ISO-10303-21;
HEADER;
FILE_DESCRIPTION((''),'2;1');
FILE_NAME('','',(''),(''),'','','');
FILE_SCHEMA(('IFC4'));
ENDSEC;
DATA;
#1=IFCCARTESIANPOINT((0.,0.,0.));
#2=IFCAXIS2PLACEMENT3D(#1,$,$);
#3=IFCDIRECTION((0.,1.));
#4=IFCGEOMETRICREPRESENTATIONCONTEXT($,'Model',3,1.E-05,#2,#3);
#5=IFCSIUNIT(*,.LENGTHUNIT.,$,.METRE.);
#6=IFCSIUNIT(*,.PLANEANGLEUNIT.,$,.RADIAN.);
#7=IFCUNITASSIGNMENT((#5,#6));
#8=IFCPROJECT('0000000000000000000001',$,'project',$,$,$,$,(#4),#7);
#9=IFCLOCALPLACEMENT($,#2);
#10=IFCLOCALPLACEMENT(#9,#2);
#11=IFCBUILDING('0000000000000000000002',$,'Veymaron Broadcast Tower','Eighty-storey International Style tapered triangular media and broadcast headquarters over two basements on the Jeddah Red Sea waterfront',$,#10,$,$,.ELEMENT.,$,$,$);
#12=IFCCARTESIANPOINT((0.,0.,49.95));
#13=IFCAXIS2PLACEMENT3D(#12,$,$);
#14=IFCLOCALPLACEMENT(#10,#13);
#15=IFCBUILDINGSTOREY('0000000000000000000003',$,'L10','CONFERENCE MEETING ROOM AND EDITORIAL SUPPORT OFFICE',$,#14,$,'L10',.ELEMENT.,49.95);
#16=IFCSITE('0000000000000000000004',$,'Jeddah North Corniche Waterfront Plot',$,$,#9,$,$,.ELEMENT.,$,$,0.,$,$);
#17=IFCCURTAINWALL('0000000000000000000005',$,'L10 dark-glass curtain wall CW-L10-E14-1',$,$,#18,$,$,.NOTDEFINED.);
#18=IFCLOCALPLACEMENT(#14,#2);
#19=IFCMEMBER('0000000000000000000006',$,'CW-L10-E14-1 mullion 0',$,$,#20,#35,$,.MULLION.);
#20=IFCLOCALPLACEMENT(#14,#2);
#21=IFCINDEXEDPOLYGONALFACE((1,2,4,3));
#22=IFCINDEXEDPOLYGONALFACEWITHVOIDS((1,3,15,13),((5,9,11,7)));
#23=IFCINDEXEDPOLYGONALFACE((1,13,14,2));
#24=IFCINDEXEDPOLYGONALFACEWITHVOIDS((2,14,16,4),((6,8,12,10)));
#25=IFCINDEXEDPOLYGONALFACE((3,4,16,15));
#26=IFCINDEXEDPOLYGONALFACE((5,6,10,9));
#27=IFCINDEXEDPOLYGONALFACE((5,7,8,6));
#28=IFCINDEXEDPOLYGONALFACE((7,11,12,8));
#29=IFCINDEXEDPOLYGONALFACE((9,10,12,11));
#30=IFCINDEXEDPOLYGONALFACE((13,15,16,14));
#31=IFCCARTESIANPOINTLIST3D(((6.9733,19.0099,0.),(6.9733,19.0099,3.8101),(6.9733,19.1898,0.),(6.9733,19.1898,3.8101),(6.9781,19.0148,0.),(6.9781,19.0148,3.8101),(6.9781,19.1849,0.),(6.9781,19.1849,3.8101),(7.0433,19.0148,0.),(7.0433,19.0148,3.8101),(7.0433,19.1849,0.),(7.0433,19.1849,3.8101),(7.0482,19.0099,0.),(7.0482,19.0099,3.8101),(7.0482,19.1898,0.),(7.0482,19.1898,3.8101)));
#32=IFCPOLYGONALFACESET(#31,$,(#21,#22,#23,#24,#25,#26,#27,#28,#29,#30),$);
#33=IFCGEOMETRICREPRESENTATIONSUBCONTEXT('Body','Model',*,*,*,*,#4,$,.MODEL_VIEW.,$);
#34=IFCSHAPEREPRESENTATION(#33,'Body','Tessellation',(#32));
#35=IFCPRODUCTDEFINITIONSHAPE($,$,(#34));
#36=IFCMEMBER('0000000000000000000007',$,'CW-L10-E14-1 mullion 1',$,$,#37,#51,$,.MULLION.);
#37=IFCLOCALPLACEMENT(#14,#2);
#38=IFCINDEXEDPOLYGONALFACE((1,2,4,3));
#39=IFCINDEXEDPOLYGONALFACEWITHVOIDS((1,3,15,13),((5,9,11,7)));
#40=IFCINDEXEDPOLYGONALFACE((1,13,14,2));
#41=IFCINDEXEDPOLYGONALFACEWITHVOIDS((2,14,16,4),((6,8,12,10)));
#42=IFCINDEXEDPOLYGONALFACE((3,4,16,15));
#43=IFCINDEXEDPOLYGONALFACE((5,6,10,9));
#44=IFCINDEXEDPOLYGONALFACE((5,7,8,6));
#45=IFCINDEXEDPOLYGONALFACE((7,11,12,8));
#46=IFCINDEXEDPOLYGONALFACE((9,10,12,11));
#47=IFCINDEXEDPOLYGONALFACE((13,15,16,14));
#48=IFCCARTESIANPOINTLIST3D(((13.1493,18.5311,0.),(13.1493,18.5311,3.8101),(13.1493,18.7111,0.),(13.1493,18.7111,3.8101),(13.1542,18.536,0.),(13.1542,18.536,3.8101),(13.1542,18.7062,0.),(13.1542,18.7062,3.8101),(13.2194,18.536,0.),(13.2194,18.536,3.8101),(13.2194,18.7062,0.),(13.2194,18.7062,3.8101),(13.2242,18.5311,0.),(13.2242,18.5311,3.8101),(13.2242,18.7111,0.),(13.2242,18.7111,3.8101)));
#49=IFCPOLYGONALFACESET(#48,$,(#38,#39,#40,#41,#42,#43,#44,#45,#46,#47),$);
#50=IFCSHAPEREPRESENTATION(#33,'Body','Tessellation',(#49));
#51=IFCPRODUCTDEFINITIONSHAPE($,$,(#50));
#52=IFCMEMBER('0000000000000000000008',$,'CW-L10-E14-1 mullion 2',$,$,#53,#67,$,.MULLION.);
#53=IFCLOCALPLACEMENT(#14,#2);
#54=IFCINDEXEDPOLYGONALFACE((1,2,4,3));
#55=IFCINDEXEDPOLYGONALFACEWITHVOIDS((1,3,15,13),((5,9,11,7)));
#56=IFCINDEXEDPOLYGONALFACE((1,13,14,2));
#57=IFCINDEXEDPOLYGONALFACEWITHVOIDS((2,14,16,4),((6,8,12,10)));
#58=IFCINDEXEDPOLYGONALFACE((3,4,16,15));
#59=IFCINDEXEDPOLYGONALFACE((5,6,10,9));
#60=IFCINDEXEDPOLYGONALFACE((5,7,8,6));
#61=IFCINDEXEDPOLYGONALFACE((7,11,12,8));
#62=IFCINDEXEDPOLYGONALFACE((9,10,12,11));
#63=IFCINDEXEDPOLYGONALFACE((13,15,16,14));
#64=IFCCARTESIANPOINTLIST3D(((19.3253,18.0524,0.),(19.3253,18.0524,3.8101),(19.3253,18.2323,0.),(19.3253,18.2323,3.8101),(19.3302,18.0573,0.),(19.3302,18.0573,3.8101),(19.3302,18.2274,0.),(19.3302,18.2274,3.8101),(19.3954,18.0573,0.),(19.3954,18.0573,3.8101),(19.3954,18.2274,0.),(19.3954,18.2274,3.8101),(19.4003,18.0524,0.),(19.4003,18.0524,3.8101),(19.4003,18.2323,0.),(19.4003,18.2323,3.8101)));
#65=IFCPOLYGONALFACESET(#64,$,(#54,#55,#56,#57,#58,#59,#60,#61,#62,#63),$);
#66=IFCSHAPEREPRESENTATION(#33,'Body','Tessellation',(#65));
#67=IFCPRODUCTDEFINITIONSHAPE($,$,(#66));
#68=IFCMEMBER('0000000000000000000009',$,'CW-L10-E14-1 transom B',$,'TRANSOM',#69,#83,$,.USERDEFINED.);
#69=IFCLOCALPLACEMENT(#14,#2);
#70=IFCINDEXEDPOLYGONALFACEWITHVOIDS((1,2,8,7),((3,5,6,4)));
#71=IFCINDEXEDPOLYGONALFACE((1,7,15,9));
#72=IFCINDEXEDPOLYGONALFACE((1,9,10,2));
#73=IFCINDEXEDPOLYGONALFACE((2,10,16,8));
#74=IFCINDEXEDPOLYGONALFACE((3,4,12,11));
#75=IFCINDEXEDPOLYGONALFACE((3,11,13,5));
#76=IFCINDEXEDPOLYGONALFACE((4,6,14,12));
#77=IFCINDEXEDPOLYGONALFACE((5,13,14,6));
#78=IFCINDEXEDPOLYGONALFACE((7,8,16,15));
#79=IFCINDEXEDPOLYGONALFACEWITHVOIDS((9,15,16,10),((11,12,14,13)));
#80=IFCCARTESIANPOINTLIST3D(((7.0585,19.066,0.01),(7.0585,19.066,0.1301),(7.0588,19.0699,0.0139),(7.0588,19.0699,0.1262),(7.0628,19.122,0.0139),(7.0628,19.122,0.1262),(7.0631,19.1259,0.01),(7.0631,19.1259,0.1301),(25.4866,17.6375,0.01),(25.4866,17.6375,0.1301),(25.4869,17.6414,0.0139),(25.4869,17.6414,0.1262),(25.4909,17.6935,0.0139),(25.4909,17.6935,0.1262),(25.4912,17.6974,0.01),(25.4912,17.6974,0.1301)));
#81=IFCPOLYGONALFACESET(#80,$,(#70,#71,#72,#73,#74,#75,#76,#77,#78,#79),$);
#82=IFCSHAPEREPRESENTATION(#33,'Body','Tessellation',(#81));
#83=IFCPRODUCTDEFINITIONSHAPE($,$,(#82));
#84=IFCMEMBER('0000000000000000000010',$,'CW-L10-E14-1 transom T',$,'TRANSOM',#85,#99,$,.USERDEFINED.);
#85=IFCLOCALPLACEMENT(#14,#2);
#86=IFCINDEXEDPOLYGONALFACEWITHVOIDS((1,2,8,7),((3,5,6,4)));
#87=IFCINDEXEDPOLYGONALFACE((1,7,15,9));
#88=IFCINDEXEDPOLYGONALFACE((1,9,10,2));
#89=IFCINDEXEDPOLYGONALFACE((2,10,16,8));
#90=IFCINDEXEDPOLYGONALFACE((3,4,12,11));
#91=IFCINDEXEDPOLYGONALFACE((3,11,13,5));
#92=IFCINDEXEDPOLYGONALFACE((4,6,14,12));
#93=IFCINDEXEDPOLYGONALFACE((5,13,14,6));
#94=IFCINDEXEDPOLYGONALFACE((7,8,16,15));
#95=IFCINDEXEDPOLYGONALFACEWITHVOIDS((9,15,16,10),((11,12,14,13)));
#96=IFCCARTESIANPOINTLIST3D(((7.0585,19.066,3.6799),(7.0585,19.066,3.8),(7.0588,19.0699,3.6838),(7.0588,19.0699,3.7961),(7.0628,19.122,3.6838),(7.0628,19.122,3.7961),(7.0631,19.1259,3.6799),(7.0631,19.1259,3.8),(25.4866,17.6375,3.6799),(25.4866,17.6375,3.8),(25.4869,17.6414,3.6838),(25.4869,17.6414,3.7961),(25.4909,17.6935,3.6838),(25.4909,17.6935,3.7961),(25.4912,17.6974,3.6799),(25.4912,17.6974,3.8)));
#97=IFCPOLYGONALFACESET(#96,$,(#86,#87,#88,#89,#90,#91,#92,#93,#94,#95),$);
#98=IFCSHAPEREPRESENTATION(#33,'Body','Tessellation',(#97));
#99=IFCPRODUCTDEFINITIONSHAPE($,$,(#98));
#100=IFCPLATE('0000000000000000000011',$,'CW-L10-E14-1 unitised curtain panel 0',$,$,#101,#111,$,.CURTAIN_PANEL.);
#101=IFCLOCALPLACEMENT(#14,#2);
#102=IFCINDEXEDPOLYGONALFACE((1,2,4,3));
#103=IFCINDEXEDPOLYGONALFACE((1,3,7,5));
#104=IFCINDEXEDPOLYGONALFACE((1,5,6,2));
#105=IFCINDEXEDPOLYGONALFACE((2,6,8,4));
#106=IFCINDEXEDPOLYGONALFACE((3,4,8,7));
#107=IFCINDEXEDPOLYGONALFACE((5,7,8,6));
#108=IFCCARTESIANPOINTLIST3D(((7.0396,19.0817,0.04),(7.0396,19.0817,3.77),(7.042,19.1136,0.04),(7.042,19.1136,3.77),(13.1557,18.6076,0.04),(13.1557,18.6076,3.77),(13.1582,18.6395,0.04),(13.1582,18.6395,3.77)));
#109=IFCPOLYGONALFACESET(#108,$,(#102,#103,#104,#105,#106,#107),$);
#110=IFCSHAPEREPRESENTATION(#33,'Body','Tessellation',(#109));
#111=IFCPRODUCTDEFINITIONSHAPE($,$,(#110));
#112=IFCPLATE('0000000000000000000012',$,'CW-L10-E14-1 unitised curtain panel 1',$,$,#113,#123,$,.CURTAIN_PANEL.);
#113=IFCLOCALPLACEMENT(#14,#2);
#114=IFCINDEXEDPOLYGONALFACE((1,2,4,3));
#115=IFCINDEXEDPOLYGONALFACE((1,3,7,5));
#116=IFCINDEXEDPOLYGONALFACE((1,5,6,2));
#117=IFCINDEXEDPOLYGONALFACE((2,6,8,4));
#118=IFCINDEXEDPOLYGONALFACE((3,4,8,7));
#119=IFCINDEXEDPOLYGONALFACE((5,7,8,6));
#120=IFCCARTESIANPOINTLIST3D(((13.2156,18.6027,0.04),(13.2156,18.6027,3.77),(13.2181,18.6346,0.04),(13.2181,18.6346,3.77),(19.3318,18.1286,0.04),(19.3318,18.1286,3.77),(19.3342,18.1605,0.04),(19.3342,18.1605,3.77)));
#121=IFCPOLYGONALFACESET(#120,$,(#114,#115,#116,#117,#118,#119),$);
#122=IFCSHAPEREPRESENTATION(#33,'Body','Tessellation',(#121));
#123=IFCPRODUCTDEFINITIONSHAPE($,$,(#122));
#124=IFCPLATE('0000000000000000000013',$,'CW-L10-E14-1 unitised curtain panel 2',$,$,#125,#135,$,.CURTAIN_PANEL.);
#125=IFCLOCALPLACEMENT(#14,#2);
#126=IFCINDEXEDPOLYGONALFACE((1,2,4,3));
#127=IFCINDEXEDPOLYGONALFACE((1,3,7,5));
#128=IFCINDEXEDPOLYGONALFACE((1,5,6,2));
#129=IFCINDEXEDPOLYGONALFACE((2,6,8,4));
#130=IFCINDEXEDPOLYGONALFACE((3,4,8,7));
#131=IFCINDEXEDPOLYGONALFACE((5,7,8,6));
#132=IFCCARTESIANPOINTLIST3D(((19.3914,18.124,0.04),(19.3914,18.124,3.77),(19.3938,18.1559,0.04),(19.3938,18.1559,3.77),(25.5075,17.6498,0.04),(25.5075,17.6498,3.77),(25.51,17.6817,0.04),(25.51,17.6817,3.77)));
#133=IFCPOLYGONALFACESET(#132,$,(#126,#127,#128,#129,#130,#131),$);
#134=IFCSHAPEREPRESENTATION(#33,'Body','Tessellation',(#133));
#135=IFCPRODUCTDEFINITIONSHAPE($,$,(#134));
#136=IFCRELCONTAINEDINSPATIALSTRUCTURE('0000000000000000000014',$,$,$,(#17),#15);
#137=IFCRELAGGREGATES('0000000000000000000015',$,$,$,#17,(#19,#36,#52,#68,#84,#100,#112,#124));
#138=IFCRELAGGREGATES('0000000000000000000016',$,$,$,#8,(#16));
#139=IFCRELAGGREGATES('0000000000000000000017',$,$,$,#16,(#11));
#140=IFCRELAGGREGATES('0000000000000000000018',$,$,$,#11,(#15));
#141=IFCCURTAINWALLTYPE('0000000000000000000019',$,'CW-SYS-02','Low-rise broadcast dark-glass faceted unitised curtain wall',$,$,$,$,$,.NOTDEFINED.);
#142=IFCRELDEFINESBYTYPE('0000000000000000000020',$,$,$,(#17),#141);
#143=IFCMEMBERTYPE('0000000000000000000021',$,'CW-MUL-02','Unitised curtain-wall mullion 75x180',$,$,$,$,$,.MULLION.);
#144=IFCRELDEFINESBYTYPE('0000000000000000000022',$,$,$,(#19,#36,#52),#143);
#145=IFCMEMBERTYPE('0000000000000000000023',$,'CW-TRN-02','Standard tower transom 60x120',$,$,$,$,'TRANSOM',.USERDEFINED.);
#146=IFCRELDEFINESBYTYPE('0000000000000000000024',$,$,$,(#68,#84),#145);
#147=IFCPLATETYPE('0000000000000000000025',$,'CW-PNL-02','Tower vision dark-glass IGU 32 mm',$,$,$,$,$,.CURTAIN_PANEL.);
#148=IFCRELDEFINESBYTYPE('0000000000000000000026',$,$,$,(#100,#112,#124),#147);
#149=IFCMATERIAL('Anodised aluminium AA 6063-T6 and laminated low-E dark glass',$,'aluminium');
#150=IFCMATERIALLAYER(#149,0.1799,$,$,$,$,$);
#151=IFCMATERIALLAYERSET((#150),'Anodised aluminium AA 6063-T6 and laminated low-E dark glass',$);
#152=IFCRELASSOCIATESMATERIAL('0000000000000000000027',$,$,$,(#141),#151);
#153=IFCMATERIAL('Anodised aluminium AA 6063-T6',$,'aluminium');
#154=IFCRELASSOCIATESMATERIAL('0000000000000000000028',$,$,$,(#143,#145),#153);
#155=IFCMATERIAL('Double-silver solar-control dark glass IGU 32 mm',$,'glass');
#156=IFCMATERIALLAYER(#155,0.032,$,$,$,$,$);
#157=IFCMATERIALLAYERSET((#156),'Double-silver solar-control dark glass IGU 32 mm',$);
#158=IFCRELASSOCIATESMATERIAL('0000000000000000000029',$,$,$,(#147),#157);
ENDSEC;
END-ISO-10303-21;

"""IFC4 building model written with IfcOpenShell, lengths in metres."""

from ifc_helpers import new_model, si_unit, direction, frame, origin, origin_2d, place, context, subcontext, project, spatial, rectangle, hollow_rectangle, extrude, material, layer, layer_set, material_profile, profile_set, type_object, element, aggregate, save


model = new_model("IFC4")

# Units and contexts
model_context = context("Model", 3, precision=1e-05, world=origin(), true_north=direction((0.0, 1.0)))
body_context = subcontext(model_context, "Body", "Model", "MODEL_VIEW")
ifc_project = project(units=[si_unit("LENGTHUNIT", "METRE"), si_unit("PLANEANGLEUNIT", "RADIAN")], contexts=[model_context])

# Site, building, storey
site_placement = place(None, origin())
site = spatial("IfcSite", under=ifc_project, at=site_placement, Name="Jeddah North Corniche Waterfront Plot", CompositionType="ELEMENT", RefElevation=0.0)
building_placement = place(site_placement, origin())
building = spatial("IfcBuilding", under=site, at=building_placement, Name="Veymaron Broadcast Tower", Description="Eighty-storey International Style tapered triangular media and broadcast headquarters over two basements on the Jeddah Red Sea waterfront", CompositionType="ELEMENT")
storey_placement = place(building_placement, frame((0.0, 0.0, 49.95)))
storey = spatial("IfcBuildingStorey", under=building, at=storey_placement, Name="L10", Description="CONFERENCE MEETING ROOM AND EDITORIAL SUPPORT OFFICE", LongName="L10", CompositionType="ELEMENT", Elevation=49.95)

# Curtain wall, members, plates
ifc_material_1 = material(Name="Anodised aluminium AA 6063-T6 and laminated low-E dark glass", Category="aluminium")
ifc_layer_1 = layer(ifc_material_1, 0.1799)
ifc_layer_set_1 = layer_set([ifc_layer_1], Name="Anodised aluminium AA 6063-T6 and laminated low-E dark glass")
curtain_wall_type = type_object("IfcCurtainWallType", Name="CW-SYS-02", Description="Low-rise broadcast dark-glass faceted unitised curtain wall", PredefinedType="NOTDEFINED", material=ifc_layer_set_1)
curtain_wall_placement = place(storey_placement, origin())
curtain_wall = element("IfcCurtainWall", 1, at=curtain_wall_placement, inside=storey, type_object=curtain_wall_type, Name="L10 dark-glass curtain wall CW-L10-E14-1", PredefinedType="NOTDEFINED")
ifc_material_2 = material(Name="Anodised aluminium AA 6063-T6", Category="aluminium")
ifc_material_profile_1 = material_profile(ifc_material_2, hollow_rectangle(XDim=0.075, YDim=0.1799, WallThickness=0.0049, at=origin_2d()), Name="AL180X75X5")
ifc_profile_set_1 = profile_set([ifc_material_profile_1], Name="Anodised aluminium AA 6063-T6")
member_type_1 = type_object("IfcMemberType", Name="CW-MUL-02", Description="Unitised curtain-wall mullion 75x180", PredefinedType="MULLION", material=ifc_profile_set_1)
member_1_placement = place(storey_placement, frame((7.0107, 19.0999, 0.0), z_axis=(0.0, 0.0, 1.0), x_axis=(1.0, 0.0, 0.0)))
member_1 = element("IfcMember", 2, at=member_1_placement, type_object=member_type_1, Name="CW-L10-E14-1 mullion 0", PredefinedType="MULLION", context=body_context, shape_type="SweptSolid", body=[
    extrude(hollow_rectangle(XDim=0.075, YDim=0.1799, WallThickness=0.0049, at=origin_2d()), origin(), (0.0, 0.0, 1.0), 3.8101),
])
member_2_placement = place(storey_placement, frame((13.1868, 18.6211, 0.0), z_axis=(0.0, 0.0, 1.0), x_axis=(1.0, 0.0, 0.0)))
member_2 = element("IfcMember", 3, at=member_2_placement, type_object=member_type_1, Name="CW-L10-E14-1 mullion 1", PredefinedType="MULLION", context=body_context, shape_type="SweptSolid", body=[
    extrude(hollow_rectangle(XDim=0.075, YDim=0.1799, WallThickness=0.0049, at=origin_2d()), origin(), (0.0, 0.0, 1.0), 3.8101),
])
member_3_placement = place(storey_placement, frame((19.3628, 18.1423, 0.0), z_axis=(0.0, 0.0, 1.0), x_axis=(1.0, 0.0, 0.0)))
member_3 = element("IfcMember", 4, at=member_3_placement, type_object=member_type_1, Name="CW-L10-E14-1 mullion 2", PredefinedType="MULLION", context=body_context, shape_type="SweptSolid", body=[
    extrude(hollow_rectangle(XDim=0.075, YDim=0.1799, WallThickness=0.0049, at=origin_2d()), origin(), (0.0, 0.0, 1.0), 3.8101),
])
ifc_material_profile_2 = material_profile(ifc_material_2, hollow_rectangle(XDim=0.0601, YDim=0.1201, WallThickness=0.0039, at=origin_2d()), Name="AL120X60X4")
ifc_profile_set_2 = profile_set([ifc_material_profile_2], Name="Anodised aluminium AA 6063-T6")
member_type_2 = type_object("IfcMemberType", Name="CW-TRN-02", Description="Standard tower transom 60x120", ElementType="TRANSOM", PredefinedType="USERDEFINED", material=ifc_profile_set_2)
member_4_placement = place(storey_placement, frame((7.0608, 19.0959, 0.0701), z_axis=(0.997009, -0.077283, 0.0), x_axis=(0.077283, 0.997009, 0.0)))
member_4 = element("IfcMember", 5, at=member_4_placement, type_object=member_type_2, Name="CW-L10-E14-1 transom B", ObjectType="TRANSOM", PredefinedType="USERDEFINED", context=body_context, shape_type="SweptSolid", body=[
    extrude(hollow_rectangle(XDim=0.0601, YDim=0.1201, WallThickness=0.0039, at=origin_2d()), origin(), (0.0, 0.0, 1.0), 18.4834),
])
member_5_placement = place(storey_placement, frame((7.0608, 19.0959, 3.74), z_axis=(0.997009, -0.077283, 0.0), x_axis=(0.077283, 0.997009, 0.0)))
member_5 = element("IfcMember", 6, at=member_5_placement, type_object=member_type_2, Name="CW-L10-E14-1 transom T", ObjectType="TRANSOM", PredefinedType="USERDEFINED", context=body_context, shape_type="SweptSolid", body=[
    extrude(hollow_rectangle(XDim=0.0601, YDim=0.1201, WallThickness=0.0039, at=origin_2d()), origin(), (0.0, 0.0, 1.0), 18.4834),
])
ifc_material_3 = material(Name="Double-silver solar-control dark glass IGU 32 mm", Category="glass")
ifc_layer_2 = layer(ifc_material_3, 0.032)
ifc_layer_set_2 = layer_set([ifc_layer_2], Name="Double-silver solar-control dark glass IGU 32 mm")
plate_type = type_object("IfcPlateType", Name="CW-PNL-02", Description="Tower vision dark-glass IGU 32 mm", PredefinedType="CURTAIN_PANEL", material=ifc_layer_set_2)
plate_1_placement = place(storey_placement, frame((10.0989, 18.8606, 0.04), z_axis=(0.0, 0.0, 1.0), x_axis=(0.997008, -0.077293, 0.0)))
plate_1 = element("IfcPlate", 7, at=plate_1_placement, type_object=plate_type, Name="CW-L10-E14-1 unitised curtain panel 0", PredefinedType="CURTAIN_PANEL", context=body_context, shape_type="SweptSolid", body=[
    extrude(rectangle(XDim=6.1345, YDim=0.032, at=origin_2d()), origin(), (0.0, 0.0, 1.0), 3.73),
])
plate_2_placement = place(storey_placement, frame((16.2749, 18.3816, 0.04), z_axis=(0.0, 0.0, 1.0), x_axis=(0.997008, -0.077293, 0.0)))
plate_2 = element("IfcPlate", 8, at=plate_2_placement, type_object=plate_type, Name="CW-L10-E14-1 unitised curtain panel 1", PredefinedType="CURTAIN_PANEL", context=body_context, shape_type="SweptSolid", body=[
    extrude(rectangle(XDim=6.1345, YDim=0.032, at=origin_2d()), origin(), (0.0, 0.0, 1.0), 3.73),
])
plate_3_placement = place(storey_placement, frame((22.4507, 17.9028, 0.04), z_axis=(0.0, 0.0, 1.0), x_axis=(0.997008, -0.077293, 0.0)))
plate_3 = element("IfcPlate", 9, at=plate_3_placement, type_object=plate_type, Name="CW-L10-E14-1 unitised curtain panel 2", PredefinedType="CURTAIN_PANEL", context=body_context, shape_type="SweptSolid", body=[
    extrude(rectangle(XDim=6.1345, YDim=0.032, at=origin_2d()), origin(), (0.0, 0.0, 1.0), 3.73),
])
aggregate(curtain_wall, [member_1, member_2, member_3, member_4, member_5, plate_1, plate_2, plate_3])

save(model, "model.ifc")
